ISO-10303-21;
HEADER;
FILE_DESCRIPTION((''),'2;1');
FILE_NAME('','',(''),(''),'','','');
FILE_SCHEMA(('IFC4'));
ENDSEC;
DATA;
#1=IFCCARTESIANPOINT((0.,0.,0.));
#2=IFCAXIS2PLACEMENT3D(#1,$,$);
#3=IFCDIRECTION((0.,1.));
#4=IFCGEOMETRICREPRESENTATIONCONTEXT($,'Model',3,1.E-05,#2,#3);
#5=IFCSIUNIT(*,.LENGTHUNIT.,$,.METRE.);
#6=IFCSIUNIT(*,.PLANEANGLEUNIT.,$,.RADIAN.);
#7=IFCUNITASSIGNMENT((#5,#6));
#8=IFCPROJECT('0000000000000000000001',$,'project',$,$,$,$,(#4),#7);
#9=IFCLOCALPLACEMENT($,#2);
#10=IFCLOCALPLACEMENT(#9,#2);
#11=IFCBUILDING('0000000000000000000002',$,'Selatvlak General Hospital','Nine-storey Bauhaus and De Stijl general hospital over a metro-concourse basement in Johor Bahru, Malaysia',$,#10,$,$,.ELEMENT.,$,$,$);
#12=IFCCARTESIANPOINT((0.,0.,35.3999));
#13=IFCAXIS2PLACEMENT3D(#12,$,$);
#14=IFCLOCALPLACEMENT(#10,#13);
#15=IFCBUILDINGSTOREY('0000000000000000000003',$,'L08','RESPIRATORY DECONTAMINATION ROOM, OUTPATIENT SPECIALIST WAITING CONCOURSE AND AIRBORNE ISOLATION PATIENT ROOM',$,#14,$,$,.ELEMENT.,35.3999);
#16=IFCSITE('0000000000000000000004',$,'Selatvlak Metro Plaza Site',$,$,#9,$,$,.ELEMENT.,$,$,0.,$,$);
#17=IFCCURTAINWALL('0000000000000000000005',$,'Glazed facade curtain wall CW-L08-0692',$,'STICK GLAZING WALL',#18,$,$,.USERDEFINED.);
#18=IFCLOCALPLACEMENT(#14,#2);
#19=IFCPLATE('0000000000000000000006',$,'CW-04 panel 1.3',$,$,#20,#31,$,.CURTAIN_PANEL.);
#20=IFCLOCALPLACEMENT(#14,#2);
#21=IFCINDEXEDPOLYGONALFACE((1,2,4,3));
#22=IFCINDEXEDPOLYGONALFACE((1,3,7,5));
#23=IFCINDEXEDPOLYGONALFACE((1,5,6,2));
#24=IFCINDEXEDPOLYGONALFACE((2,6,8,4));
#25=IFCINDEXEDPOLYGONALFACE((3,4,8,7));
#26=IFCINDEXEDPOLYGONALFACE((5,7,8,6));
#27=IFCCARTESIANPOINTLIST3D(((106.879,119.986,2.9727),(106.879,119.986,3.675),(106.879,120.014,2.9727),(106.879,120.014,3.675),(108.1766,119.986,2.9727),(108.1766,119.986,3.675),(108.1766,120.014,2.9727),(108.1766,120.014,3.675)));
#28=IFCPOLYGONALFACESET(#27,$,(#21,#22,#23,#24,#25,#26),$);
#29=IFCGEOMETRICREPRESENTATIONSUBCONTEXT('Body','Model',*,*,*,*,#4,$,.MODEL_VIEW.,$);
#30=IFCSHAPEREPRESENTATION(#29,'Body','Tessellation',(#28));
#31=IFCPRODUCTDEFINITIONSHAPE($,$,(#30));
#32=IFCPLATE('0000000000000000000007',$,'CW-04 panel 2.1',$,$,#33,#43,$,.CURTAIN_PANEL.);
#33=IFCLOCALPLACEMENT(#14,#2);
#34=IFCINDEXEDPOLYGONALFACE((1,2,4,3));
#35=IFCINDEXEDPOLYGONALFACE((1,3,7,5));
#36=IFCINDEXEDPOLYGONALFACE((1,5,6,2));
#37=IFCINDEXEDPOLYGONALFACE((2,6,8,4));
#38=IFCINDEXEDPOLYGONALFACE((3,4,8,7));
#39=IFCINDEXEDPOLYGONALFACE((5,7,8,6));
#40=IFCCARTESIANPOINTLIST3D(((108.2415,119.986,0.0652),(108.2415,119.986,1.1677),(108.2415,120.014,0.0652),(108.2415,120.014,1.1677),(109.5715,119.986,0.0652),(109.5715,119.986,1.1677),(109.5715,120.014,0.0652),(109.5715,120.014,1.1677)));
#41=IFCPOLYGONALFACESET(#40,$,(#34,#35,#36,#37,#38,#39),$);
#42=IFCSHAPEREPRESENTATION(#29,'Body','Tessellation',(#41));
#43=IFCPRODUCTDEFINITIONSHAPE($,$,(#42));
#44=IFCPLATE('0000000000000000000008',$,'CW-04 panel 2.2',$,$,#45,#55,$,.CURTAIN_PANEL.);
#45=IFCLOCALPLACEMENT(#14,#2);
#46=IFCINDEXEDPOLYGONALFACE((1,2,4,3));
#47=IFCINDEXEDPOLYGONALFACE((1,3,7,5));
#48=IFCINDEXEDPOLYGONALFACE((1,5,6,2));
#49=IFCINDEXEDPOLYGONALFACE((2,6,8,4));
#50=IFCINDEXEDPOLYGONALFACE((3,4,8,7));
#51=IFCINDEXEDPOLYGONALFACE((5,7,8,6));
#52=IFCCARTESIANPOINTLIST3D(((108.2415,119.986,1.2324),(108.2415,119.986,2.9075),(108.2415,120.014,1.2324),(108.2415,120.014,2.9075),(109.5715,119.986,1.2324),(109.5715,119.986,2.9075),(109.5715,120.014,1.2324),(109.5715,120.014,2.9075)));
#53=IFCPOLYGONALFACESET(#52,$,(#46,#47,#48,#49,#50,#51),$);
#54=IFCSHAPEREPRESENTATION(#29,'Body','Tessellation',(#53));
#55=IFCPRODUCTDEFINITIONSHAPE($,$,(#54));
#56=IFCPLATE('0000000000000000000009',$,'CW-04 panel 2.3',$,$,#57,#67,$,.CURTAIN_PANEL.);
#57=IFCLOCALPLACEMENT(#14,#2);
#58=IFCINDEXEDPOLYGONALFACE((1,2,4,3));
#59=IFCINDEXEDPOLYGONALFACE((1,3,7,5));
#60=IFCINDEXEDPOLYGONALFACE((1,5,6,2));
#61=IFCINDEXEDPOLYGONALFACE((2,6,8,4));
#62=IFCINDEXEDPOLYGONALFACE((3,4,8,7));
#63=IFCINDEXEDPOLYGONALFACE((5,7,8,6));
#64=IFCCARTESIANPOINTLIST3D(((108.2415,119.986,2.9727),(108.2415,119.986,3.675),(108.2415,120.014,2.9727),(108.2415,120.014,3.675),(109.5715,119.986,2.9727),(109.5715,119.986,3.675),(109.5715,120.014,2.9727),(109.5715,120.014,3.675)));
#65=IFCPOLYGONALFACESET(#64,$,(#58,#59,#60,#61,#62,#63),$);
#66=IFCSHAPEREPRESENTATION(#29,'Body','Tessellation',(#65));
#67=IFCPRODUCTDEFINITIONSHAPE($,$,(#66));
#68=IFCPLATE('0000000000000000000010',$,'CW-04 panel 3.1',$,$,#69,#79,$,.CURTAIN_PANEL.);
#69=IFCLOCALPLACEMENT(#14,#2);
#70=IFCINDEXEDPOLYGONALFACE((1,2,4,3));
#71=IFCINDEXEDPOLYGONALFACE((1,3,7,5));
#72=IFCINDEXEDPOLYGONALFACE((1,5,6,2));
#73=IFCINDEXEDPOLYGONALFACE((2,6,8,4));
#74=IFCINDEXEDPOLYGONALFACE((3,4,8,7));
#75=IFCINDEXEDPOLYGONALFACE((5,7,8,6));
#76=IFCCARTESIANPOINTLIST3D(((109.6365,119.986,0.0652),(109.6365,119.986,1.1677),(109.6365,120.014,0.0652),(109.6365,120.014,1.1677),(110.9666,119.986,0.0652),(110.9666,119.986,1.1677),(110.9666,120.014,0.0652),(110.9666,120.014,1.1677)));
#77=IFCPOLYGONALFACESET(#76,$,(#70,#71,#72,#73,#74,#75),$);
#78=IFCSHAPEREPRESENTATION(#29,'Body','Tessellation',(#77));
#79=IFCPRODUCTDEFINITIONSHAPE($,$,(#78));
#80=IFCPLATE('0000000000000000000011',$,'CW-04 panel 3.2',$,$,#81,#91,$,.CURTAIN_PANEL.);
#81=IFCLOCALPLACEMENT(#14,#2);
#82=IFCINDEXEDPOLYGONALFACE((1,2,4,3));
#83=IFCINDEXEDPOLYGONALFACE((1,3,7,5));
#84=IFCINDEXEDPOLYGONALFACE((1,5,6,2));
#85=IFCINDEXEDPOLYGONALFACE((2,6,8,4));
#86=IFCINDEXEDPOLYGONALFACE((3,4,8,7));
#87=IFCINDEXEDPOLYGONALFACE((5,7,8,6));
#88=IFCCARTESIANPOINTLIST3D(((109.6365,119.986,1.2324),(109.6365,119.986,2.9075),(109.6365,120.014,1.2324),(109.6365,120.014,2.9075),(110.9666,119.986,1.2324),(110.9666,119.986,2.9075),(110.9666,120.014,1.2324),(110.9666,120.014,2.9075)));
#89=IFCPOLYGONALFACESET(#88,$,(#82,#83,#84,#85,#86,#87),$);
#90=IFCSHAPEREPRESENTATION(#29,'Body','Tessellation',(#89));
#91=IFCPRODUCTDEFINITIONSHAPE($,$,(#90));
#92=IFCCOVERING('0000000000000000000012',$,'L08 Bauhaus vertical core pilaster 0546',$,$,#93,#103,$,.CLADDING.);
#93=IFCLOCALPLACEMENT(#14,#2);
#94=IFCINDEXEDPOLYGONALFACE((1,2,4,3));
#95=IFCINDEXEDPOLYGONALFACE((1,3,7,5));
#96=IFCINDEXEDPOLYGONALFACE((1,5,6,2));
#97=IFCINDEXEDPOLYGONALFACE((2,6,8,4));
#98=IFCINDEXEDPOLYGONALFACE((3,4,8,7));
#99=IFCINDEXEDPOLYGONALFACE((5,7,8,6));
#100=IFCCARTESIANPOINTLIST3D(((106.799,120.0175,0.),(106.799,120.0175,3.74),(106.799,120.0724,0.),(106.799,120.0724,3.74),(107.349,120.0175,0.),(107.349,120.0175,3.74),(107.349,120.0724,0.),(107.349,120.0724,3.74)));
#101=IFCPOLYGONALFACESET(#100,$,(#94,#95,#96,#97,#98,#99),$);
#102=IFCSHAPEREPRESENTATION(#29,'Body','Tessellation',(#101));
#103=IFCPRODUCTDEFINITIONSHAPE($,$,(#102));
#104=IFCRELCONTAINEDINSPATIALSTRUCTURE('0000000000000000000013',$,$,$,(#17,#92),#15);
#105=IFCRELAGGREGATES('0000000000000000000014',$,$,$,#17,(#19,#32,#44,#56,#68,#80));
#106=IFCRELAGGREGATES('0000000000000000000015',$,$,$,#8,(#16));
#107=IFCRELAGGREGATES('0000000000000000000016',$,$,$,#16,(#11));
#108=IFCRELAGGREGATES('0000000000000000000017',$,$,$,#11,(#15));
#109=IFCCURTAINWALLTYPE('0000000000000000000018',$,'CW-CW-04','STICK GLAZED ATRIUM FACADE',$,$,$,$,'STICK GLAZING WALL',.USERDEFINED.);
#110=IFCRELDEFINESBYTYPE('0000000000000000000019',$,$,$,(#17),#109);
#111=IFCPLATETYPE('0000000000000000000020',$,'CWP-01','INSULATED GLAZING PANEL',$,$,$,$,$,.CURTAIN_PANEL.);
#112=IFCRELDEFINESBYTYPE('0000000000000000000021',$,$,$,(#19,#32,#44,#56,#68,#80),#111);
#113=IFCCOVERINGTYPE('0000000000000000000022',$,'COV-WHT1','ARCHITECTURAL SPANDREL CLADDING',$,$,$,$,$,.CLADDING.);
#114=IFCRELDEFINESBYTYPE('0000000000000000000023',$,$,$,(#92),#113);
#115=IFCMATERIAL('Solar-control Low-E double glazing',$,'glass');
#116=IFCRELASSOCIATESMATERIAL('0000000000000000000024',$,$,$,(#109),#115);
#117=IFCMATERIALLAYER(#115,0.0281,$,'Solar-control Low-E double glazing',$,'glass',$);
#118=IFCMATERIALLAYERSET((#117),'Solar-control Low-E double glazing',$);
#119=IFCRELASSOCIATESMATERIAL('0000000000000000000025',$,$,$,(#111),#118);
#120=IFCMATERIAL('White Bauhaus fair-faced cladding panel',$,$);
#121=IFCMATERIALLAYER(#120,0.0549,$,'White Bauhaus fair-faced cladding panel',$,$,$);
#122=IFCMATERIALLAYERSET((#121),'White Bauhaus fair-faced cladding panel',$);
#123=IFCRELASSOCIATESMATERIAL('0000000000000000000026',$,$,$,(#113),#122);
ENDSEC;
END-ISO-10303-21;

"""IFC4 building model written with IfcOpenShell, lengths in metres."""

from ifc_helpers import new_model, si_unit, direction, frame, origin, origin_2d, place, context, subcontext, project, spatial, rectangle, extrude, material, layer, layer_set, type_object, element, aggregate, save


model = new_model("IFC4")

# Units and contexts
model_context = context("Model", 3, precision=1e-05, world=origin(), true_north=direction((0.0, 1.0)))
body_context = subcontext(model_context, "Body", "Model", "MODEL_VIEW")
ifc_project = project(units=[si_unit("LENGTHUNIT", "METRE"), si_unit("PLANEANGLEUNIT", "RADIAN")], contexts=[model_context])

# Site, building, storey
site_placement = place(None, origin())
site = spatial("IfcSite", under=ifc_project, at=site_placement, Name="Selatvlak Metro Plaza Site", CompositionType="ELEMENT", RefElevation=0.0)
building_placement = place(site_placement, origin())
building = spatial("IfcBuilding", under=site, at=building_placement, Name="Selatvlak General Hospital", Description="Nine-storey Bauhaus and De Stijl general hospital over a metro-concourse basement in Johor Bahru, Malaysia", CompositionType="ELEMENT")
storey_placement = place(building_placement, frame((0.0, 0.0, 35.3999)))
storey = spatial("IfcBuildingStorey", under=building, at=storey_placement, Name="L08", Description="RESPIRATORY DECONTAMINATION ROOM, OUTPATIENT SPECIALIST WAITING CONCOURSE AND AIRBORNE ISOLATION PATIENT ROOM", CompositionType="ELEMENT", Elevation=35.3999)

# Curtain wall, plates
ifc_material_1 = material(Name="Solar-control Low-E double glazing", Category="glass")
curtain_wall_type = type_object("IfcCurtainWallType", Name="CW-CW-04", Description="STICK GLAZED ATRIUM FACADE", ElementType="STICK GLAZING WALL", PredefinedType="USERDEFINED", material=ifc_material_1)
curtain_wall_placement = place(storey_placement, origin())
curtain_wall = element("IfcCurtainWall", 1, at=curtain_wall_placement, inside=storey, type_object=curtain_wall_type, Name="Glazed facade curtain wall CW-L08-0692", ObjectType="STICK GLAZING WALL", PredefinedType="USERDEFINED")
ifc_layer_1 = layer(ifc_material_1, 0.0281, Name="Solar-control Low-E double glazing", Category="glass")
ifc_layer_set_1 = layer_set([ifc_layer_1], Name="Solar-control Low-E double glazing")
plate_type = type_object("IfcPlateType", Name="CWP-01", Description="INSULATED GLAZING PANEL", PredefinedType="CURTAIN_PANEL", material=ifc_layer_set_1)
plate_1_placement = place(storey_placement, frame((107.5278, 120.0, 2.9727), z_axis=(0.0, 0.0, 1.0), x_axis=(1.0, 0.0, 0.0)))
plate_1 = element("IfcPlate", 2, at=plate_1_placement, type_object=plate_type, Name="CW-04 panel 1.3", PredefinedType="CURTAIN_PANEL", context=body_context, shape_type="SweptSolid", body=[
    extrude(rectangle(XDim=1.2976, YDim=0.0281, at=origin_2d()), origin(), (0.0, 0.0, 1.0), 0.7024),
])
plate_2_placement = place(storey_placement, frame((108.9065, 120.0, 0.0652), z_axis=(0.0, 0.0, 1.0), x_axis=(1.0, 0.0, 0.0)))
plate_2 = element("IfcPlate", 3, at=plate_2_placement, type_object=plate_type, Name="CW-04 panel 2.1", PredefinedType="CURTAIN_PANEL", context=body_context, shape_type="SweptSolid", body=[
    extrude(rectangle(XDim=1.3301, YDim=0.0281, at=origin_2d()), origin(), (0.0, 0.0, 1.0), 1.1025),
])
plate_3_placement = place(storey_placement, frame((108.9065, 120.0, 1.2324), z_axis=(0.0, 0.0, 1.0), x_axis=(1.0, 0.0, 0.0)))
plate_3 = element("IfcPlate", 4, at=plate_3_placement, type_object=plate_type, Name="CW-04 panel 2.2", PredefinedType="CURTAIN_PANEL", context=body_context, shape_type="SweptSolid", body=[
    extrude(rectangle(XDim=1.3301, YDim=0.0281, at=origin_2d()), origin(), (0.0, 0.0, 1.0), 1.675),
])
plate_4_placement = place(storey_placement, frame((108.9065, 120.0, 2.9727), z_axis=(0.0, 0.0, 1.0), x_axis=(1.0, 0.0, 0.0)))
plate_4 = element("IfcPlate", 5, at=plate_4_placement, type_object=plate_type, Name="CW-04 panel 2.3", PredefinedType="CURTAIN_PANEL", context=body_context, shape_type="SweptSolid", body=[
    extrude(rectangle(XDim=1.3301, YDim=0.0281, at=origin_2d()), origin(), (0.0, 0.0, 1.0), 0.7024),
])
plate_5_placement = place(storey_placement, frame((110.3015, 120.0, 0.0652), z_axis=(0.0, 0.0, 1.0), x_axis=(1.0, 0.0, 0.0)))
plate_5 = element("IfcPlate", 6, at=plate_5_placement, type_object=plate_type, Name="CW-04 panel 3.1", PredefinedType="CURTAIN_PANEL", context=body_context, shape_type="SweptSolid", body=[
    extrude(rectangle(XDim=1.3301, YDim=0.0281, at=origin_2d()), origin(), (0.0, 0.0, 1.0), 1.1025),
])
plate_6_placement = place(storey_placement, frame((110.3015, 120.0, 1.2324), z_axis=(0.0, 0.0, 1.0), x_axis=(1.0, 0.0, 0.0)))
plate_6 = element("IfcPlate", 7, at=plate_6_placement, type_object=plate_type, Name="CW-04 panel 3.2", PredefinedType="CURTAIN_PANEL", context=body_context, shape_type="SweptSolid", body=[
    extrude(rectangle(XDim=1.3301, YDim=0.0281, at=origin_2d()), origin(), (0.0, 0.0, 1.0), 1.675),
])
aggregate(curtain_wall, [plate_1, plate_2, plate_3, plate_4, plate_5, plate_6])

# Covering
ifc_material_2 = material(Name="White Bauhaus fair-faced cladding panel")
ifc_layer_2 = layer(ifc_material_2, 0.0549, Name="White Bauhaus fair-faced cladding panel")
ifc_layer_set_2 = layer_set([ifc_layer_2], Name="White Bauhaus fair-faced cladding panel")
covering_type = type_object("IfcCoveringType", Name="COV-WHT1", Description="ARCHITECTURAL SPANDREL CLADDING", PredefinedType="CLADDING", material=ifc_layer_set_2)
covering_placement = place(storey_placement, frame((107.074, 120.0449, 0.0), z_axis=(0.0, 0.0, 1.0), x_axis=(1.0, 0.0, 0.0)))
element("IfcCovering", 8, at=covering_placement, inside=storey, type_object=covering_type, Name="L08 Bauhaus vertical core pilaster 0546", PredefinedType="CLADDING", context=body_context, shape_type="SweptSolid", body=[
    extrude(rectangle(XDim=0.55, YDim=0.0549, at=origin_2d()), origin(), (0.0, 0.0, 1.0), 3.74),
])

save(model, "model.ifc")
